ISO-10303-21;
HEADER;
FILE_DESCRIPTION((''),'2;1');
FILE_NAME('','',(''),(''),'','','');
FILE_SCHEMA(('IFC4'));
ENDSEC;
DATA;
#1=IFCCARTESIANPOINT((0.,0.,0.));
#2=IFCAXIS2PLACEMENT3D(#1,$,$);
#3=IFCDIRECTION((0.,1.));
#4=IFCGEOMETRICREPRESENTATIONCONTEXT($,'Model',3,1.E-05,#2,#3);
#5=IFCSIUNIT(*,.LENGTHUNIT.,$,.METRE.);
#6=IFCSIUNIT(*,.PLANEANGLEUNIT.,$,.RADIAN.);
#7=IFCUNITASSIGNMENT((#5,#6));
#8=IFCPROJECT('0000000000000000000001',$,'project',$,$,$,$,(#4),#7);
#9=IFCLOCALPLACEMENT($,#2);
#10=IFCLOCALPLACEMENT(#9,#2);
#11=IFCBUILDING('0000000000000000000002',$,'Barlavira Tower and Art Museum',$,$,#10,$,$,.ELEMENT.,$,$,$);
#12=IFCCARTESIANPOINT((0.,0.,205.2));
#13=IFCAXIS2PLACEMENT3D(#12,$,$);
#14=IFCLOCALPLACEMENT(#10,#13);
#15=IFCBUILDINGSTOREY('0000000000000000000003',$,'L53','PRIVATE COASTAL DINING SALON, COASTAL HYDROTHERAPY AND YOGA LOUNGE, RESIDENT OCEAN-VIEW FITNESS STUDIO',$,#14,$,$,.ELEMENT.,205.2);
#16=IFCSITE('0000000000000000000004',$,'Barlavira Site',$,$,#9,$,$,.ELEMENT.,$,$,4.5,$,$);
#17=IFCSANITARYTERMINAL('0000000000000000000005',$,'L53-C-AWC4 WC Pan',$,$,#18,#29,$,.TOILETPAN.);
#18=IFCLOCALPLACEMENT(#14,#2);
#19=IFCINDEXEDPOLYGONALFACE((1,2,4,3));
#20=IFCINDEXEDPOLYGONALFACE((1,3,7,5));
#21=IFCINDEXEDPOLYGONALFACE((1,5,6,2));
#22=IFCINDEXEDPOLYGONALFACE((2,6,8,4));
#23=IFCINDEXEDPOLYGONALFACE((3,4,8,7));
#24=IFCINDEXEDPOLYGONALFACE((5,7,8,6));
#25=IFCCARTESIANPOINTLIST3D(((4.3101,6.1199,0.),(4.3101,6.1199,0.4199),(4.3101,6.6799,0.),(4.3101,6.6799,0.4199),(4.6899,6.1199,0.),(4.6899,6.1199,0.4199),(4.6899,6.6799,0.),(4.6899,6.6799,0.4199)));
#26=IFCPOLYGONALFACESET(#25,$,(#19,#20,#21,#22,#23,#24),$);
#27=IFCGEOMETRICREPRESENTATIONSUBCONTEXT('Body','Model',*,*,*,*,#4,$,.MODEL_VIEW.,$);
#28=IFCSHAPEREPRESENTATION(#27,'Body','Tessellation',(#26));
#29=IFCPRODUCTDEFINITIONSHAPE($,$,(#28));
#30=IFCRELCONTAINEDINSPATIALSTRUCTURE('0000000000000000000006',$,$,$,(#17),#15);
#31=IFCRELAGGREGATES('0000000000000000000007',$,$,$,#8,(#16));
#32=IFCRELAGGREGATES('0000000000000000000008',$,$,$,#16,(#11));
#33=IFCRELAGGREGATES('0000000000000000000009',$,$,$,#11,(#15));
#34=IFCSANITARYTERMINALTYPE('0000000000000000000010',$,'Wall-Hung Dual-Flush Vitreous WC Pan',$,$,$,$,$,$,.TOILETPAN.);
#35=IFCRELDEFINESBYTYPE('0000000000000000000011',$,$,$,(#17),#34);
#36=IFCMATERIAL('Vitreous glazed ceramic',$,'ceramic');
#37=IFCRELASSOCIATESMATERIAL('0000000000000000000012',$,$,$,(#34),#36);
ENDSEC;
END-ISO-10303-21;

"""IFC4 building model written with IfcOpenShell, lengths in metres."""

from ifc_helpers import new_model, si_unit, direction, frame, origin, origin_2d, place, context, subcontext, project, spatial, rectangle, extrude, material, type_object, element, save


model = new_model("IFC4")

# Units and contexts
model_context = context("Model", 3, precision=1e-05, world=origin(), true_north=direction((0.0, 1.0)))
body_context = subcontext(model_context, "Body", "Model", "MODEL_VIEW")
ifc_project = project(units=[si_unit("LENGTHUNIT", "METRE"), si_unit("PLANEANGLEUNIT", "RADIAN")], contexts=[model_context])

# Site, building, storey
site_placement = place(None, origin())
site = spatial("IfcSite", under=ifc_project, at=site_placement, Name="Barlavira Site", CompositionType="ELEMENT", RefElevation=4.5)
building_placement = place(site_placement, origin())
building = spatial("IfcBuilding", under=site, at=building_placement, Name="Barlavira Tower and Art Museum", CompositionType="ELEMENT")
storey_placement = place(building_placement, frame((0.0, 0.0, 205.2)))
storey = spatial("IfcBuildingStorey", under=building, at=storey_placement, Name="L53", Description="PRIVATE COASTAL DINING SALON, COASTAL HYDROTHERAPY AND YOGA LOUNGE, RESIDENT OCEAN-VIEW FITNESS STUDIO", CompositionType="ELEMENT", Elevation=205.2)

# Sanitary terminal
ifc_material_1 = material(Name="Vitreous glazed ceramic", Category="ceramic")
sanitary_terminal_type_1 = type_object("IfcSanitaryTerminalType", Name="Wall-Hung Dual-Flush Vitreous WC Pan", PredefinedType="TOILETPAN", material=ifc_material_1)
sanitary_terminal_1_placement = place(storey_placement, frame((4.5, 6.3999, 0.0), z_axis=(0.0, 0.0, 1.0), x_axis=(1.0, 0.0, 0.0)))
element("IfcSanitaryTerminal", 1, at=sanitary_terminal_1_placement, inside=storey, type_object=sanitary_terminal_type_1, Name="L53-C-AWC4 WC Pan", PredefinedType="TOILETPAN", context=body_context, shape_type="SweptSolid", body=[
    extrude(rectangle(XDim=0.3799, YDim=0.5601, at=origin_2d()), origin(), (0.0, 0.0, 1.0), 0.4199),
])

save(model, "model.ifc")
